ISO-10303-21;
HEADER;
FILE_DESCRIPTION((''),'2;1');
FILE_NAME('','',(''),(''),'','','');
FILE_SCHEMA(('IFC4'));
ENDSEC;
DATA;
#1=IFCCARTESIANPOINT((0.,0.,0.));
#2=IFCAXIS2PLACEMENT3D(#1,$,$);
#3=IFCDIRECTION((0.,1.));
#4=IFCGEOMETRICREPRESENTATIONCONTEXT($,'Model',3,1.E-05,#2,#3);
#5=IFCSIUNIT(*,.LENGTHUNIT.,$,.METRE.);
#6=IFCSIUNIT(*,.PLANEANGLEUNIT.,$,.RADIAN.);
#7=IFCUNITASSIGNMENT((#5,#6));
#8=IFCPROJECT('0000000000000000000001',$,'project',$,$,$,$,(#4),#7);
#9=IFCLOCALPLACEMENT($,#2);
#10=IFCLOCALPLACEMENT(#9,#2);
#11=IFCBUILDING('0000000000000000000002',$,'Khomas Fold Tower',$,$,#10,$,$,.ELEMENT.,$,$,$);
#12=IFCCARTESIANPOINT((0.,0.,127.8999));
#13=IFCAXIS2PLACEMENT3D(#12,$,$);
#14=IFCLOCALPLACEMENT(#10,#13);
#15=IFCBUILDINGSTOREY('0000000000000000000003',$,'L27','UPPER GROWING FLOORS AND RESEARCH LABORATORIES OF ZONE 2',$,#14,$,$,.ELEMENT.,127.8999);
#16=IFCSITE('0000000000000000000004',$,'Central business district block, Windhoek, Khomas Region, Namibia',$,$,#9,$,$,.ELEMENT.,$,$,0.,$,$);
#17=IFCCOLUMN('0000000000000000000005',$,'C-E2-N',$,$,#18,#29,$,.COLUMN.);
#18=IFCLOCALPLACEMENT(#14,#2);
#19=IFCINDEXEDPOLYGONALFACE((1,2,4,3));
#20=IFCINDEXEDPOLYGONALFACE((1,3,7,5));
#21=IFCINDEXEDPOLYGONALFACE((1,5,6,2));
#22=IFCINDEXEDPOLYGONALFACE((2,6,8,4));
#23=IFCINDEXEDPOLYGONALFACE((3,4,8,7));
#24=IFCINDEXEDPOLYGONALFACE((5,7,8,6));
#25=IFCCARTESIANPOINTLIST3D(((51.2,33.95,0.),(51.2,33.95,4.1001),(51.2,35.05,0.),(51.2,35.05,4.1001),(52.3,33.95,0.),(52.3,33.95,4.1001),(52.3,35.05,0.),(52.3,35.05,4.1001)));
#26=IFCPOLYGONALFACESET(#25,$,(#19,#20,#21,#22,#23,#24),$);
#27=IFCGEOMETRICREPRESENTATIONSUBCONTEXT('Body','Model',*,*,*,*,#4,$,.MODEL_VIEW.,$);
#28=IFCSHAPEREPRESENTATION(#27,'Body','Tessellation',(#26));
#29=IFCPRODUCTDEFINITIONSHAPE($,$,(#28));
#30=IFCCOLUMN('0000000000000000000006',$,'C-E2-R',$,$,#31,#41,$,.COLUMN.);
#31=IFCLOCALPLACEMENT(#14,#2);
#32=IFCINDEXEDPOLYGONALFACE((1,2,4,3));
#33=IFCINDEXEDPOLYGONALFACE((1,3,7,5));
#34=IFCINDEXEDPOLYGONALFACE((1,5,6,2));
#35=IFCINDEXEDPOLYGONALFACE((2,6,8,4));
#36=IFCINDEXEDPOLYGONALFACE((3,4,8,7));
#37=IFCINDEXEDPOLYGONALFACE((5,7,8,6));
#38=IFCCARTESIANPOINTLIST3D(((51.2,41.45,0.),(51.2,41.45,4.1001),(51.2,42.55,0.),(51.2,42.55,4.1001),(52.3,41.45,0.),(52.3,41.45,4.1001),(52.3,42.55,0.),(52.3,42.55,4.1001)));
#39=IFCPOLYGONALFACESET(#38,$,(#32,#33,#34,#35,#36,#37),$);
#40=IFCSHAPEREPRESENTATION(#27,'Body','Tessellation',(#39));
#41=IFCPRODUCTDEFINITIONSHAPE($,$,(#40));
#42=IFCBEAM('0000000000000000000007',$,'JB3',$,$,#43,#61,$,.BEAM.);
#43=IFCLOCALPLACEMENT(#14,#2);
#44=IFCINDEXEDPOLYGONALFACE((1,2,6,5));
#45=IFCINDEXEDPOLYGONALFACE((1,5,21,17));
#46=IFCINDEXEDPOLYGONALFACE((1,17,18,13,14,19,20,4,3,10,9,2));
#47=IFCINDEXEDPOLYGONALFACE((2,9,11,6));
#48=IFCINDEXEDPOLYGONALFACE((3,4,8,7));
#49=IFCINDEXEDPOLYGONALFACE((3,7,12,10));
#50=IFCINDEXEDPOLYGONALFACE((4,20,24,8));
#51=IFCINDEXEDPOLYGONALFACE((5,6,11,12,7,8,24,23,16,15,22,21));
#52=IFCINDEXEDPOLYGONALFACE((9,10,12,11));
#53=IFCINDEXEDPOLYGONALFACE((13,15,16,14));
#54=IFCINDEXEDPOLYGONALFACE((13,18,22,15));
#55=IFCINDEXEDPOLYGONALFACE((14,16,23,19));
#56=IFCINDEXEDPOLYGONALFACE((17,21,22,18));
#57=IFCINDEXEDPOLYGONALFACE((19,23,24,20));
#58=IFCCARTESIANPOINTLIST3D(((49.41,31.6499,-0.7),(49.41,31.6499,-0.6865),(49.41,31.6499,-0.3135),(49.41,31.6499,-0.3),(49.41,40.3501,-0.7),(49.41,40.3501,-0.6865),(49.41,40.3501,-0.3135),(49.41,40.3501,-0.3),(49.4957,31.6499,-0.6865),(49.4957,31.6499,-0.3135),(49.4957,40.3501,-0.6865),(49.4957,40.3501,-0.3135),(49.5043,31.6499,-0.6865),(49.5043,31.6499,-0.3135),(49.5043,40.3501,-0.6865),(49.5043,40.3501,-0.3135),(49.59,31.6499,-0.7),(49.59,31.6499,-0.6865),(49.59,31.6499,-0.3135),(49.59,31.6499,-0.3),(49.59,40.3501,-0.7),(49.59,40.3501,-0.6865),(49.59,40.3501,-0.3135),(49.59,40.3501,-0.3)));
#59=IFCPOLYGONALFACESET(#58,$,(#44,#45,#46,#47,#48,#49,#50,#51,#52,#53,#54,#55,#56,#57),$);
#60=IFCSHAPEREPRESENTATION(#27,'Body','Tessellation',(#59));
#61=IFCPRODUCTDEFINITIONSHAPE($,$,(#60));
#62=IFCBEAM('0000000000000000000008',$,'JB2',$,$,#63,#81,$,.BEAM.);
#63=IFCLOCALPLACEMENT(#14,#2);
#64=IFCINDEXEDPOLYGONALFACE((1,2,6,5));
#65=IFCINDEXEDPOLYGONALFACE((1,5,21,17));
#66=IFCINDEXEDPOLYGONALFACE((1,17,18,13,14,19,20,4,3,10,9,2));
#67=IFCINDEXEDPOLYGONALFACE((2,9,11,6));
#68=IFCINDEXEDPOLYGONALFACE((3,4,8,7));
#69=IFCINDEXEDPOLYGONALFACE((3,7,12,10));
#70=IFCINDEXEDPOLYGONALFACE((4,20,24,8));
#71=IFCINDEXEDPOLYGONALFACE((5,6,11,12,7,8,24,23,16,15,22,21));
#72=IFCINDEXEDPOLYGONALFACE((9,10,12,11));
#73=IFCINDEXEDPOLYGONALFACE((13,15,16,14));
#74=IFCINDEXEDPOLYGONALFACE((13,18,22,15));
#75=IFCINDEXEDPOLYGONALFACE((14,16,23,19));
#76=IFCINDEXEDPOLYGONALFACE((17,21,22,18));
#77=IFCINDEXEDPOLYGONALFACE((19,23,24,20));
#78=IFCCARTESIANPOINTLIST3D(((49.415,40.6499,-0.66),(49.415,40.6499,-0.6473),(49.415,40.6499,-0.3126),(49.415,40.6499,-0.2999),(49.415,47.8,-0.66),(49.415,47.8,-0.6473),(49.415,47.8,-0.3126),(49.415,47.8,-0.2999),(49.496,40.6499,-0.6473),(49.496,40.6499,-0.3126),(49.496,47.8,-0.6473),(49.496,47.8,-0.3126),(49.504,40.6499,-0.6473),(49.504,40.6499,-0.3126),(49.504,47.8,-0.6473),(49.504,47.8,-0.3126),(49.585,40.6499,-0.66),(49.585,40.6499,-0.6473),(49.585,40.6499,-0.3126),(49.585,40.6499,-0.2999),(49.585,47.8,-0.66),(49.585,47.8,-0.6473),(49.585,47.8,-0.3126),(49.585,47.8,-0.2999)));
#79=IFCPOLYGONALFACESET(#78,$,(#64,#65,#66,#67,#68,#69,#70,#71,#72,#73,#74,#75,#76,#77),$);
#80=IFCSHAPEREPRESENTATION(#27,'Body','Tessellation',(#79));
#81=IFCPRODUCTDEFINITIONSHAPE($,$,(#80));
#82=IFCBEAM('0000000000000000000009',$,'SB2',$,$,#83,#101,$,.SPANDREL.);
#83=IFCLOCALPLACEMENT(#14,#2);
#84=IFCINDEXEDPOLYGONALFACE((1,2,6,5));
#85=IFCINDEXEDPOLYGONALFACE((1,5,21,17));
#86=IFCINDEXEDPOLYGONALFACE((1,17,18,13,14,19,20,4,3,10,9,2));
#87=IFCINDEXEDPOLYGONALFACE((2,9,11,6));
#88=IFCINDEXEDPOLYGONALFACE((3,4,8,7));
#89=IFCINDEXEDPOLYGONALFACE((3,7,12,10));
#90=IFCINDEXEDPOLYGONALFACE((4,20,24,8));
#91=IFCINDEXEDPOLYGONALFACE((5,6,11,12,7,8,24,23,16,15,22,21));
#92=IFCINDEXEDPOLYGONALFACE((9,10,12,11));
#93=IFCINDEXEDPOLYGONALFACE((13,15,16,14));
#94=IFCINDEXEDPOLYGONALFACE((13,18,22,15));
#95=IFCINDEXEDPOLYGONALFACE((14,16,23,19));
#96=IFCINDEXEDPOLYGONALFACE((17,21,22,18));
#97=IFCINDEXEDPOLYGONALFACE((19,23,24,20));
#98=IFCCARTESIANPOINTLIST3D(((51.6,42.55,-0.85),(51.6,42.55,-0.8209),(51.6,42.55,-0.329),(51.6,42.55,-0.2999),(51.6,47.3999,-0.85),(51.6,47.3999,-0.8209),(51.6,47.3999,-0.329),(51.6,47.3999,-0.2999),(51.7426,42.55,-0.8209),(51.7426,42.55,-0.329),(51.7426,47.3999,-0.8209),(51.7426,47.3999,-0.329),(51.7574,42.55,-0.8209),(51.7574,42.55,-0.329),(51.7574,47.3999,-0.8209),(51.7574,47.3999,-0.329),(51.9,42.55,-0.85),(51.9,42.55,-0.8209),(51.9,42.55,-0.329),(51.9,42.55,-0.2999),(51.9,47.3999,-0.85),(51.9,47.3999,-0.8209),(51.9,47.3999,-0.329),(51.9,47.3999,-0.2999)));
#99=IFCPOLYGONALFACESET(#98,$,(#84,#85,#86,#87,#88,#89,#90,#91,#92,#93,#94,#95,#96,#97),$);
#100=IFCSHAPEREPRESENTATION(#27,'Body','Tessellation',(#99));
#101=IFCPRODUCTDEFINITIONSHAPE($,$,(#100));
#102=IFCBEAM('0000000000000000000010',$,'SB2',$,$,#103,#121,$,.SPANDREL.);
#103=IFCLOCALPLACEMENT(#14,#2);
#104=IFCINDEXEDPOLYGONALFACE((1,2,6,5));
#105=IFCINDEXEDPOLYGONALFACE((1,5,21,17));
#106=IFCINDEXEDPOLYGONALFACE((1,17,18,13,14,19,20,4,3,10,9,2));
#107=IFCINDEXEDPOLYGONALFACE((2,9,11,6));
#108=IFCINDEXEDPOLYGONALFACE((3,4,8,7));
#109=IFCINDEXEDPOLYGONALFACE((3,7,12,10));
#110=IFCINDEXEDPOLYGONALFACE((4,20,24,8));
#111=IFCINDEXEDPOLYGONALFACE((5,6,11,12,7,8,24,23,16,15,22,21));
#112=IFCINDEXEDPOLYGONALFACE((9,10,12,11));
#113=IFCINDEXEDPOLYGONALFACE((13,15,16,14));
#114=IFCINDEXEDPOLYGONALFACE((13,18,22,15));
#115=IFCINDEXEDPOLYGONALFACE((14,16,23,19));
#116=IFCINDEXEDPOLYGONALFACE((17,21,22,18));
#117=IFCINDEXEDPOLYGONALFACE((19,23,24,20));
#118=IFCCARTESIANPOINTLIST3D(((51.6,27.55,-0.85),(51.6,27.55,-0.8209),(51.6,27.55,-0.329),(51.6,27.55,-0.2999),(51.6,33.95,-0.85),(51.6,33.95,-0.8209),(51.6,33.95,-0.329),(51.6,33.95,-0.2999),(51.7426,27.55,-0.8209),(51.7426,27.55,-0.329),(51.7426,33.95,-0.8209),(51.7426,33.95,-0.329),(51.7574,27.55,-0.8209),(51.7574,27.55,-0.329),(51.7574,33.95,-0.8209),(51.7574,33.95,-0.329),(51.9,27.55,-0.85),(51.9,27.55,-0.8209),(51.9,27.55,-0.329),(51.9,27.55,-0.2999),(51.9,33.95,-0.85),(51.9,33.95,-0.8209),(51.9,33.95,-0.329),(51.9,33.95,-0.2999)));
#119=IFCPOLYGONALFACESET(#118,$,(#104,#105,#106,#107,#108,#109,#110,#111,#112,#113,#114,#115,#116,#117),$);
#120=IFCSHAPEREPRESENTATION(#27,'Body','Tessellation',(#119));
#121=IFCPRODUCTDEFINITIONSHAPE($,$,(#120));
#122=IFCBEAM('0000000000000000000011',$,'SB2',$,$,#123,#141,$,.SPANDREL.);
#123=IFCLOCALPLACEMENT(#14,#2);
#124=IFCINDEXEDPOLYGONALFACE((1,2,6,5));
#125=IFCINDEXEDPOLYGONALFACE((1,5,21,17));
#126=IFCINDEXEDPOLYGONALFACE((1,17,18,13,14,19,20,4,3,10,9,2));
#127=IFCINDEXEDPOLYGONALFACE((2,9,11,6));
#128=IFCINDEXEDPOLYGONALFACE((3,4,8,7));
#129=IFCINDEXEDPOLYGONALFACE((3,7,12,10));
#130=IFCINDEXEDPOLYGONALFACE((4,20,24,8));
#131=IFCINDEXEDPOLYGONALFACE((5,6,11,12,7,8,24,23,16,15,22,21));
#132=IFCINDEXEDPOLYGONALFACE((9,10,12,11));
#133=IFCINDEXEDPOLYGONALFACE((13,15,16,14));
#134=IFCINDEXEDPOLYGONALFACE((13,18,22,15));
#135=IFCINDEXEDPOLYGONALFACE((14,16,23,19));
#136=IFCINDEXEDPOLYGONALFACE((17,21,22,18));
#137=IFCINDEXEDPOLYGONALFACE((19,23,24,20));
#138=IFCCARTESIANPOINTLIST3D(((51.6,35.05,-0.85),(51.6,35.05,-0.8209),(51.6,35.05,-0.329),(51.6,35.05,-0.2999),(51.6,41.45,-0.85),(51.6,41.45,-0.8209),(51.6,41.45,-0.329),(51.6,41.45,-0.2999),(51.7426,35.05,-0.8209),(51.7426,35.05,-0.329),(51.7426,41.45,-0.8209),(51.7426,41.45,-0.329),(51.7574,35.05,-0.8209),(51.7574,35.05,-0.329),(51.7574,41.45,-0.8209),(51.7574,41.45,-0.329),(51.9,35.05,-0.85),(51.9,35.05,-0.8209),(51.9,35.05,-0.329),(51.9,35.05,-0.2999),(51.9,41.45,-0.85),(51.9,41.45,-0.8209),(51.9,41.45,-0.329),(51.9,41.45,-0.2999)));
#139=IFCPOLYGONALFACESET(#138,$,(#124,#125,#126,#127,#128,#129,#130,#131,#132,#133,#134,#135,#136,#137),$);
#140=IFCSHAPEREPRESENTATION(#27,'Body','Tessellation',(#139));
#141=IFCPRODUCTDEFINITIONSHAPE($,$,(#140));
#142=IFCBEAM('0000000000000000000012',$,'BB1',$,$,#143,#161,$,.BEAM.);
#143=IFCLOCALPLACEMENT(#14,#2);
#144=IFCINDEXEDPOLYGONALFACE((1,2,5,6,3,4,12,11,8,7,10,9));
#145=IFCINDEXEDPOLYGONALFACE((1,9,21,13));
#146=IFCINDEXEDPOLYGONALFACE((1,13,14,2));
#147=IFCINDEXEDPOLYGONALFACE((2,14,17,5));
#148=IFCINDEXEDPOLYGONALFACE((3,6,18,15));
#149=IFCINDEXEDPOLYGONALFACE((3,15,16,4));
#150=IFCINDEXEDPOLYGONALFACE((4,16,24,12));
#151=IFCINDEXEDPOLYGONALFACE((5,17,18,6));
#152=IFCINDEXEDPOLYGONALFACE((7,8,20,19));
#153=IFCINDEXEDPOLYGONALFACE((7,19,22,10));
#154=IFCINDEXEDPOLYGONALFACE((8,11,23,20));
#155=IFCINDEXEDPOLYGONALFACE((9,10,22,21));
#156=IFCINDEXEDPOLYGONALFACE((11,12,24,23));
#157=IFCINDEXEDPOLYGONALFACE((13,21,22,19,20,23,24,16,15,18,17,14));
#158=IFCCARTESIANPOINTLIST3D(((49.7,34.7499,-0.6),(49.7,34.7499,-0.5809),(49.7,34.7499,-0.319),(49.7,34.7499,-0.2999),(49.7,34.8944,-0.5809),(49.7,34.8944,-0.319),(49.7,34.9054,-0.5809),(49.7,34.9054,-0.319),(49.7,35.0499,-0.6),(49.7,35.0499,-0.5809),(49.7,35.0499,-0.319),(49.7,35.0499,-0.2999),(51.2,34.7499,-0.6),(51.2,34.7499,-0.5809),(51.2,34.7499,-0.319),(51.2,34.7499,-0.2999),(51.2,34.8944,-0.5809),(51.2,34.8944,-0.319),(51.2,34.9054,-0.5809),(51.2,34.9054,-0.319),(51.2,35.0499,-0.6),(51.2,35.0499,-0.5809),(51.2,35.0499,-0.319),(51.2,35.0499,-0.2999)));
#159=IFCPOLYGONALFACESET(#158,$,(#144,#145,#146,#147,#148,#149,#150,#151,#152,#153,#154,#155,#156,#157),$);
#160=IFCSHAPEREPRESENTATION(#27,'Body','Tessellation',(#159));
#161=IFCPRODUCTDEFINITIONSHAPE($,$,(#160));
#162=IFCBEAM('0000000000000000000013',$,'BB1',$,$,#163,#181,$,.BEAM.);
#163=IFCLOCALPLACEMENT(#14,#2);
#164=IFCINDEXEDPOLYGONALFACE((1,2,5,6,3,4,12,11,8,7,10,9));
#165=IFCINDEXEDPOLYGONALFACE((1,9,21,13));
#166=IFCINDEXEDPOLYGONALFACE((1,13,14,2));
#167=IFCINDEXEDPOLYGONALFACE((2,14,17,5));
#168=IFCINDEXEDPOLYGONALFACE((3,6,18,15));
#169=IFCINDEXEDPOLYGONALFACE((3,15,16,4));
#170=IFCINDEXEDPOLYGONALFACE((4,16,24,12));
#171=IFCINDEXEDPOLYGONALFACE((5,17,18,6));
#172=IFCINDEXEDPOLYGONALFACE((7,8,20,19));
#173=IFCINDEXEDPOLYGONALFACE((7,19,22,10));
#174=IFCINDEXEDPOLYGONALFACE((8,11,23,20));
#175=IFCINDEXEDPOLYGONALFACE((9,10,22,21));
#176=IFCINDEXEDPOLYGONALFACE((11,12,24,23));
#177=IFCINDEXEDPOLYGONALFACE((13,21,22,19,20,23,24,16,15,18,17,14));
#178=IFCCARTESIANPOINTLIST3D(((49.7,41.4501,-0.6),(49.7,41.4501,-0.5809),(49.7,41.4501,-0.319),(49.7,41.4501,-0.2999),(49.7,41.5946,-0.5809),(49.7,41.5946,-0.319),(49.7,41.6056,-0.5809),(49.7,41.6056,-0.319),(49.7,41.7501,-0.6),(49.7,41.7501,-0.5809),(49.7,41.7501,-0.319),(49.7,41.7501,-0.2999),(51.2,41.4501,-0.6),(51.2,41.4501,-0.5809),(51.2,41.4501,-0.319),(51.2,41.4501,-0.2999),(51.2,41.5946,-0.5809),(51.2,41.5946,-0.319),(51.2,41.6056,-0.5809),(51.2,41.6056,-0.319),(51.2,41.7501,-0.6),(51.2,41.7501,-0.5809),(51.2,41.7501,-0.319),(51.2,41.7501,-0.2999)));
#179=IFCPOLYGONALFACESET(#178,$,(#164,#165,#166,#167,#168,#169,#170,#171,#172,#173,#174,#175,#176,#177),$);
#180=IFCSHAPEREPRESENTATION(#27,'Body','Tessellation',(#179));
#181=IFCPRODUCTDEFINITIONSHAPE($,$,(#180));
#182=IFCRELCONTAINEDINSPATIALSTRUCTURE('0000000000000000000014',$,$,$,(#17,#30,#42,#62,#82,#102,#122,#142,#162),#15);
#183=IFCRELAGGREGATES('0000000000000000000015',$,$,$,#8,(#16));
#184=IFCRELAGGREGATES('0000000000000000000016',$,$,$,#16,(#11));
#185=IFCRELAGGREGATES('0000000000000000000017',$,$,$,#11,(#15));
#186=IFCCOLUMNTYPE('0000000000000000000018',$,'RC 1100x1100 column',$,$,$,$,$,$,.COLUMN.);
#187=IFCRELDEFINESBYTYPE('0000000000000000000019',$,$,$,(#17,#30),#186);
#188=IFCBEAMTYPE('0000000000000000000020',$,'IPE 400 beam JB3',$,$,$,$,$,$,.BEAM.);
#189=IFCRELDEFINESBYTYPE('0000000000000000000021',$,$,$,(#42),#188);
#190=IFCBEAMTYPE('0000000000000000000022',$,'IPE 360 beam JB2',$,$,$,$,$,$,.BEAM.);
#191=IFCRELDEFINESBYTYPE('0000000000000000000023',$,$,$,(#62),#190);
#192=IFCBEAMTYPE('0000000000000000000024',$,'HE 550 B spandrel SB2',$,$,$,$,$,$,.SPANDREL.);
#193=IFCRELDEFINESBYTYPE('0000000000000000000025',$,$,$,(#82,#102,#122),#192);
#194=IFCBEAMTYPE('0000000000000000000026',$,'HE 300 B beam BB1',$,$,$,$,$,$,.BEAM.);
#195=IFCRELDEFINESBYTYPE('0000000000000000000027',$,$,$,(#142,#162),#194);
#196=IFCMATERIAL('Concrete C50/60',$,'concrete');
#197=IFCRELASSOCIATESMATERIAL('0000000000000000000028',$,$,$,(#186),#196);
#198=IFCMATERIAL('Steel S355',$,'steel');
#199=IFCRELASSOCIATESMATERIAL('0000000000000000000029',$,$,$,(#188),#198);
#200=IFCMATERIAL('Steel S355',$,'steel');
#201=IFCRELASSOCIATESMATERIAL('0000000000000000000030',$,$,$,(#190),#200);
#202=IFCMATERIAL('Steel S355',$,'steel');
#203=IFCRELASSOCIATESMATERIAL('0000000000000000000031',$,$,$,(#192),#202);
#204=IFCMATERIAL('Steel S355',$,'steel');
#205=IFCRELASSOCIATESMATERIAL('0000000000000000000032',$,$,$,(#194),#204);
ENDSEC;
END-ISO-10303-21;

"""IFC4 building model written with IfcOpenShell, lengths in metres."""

from ifc_helpers import new_model, si_unit, direction, frame, origin, origin_2d, place, context, subcontext, project, spatial, rectangle, i_section, extrude, source, transform, mapped, material, material_profile, profile_set, type_object, element, save


model = new_model("IFC4")

# Units and contexts
model_context = context("Model", 3, precision=1e-05, world=origin(), true_north=direction((0.0, 1.0)))
body_context = subcontext(model_context, "Body", "Model", "MODEL_VIEW")
ifc_project = project(units=[si_unit("LENGTHUNIT", "METRE"), si_unit("PLANEANGLEUNIT", "RADIAN")], contexts=[model_context])

# Site, building, storey
site_placement = place(None, origin())
site = spatial("IfcSite", under=ifc_project, at=site_placement, Name="Central business district block, Windhoek, Khomas Region, Namibia", CompositionType="ELEMENT", RefElevation=0.0)
building_placement = place(site_placement, origin())
building = spatial("IfcBuilding", under=site, at=building_placement, Name="Khomas Fold Tower", CompositionType="ELEMENT")
storey_placement = place(building_placement, frame((0.0, 0.0, 127.8999)))
storey = spatial("IfcBuildingStorey", under=building, at=storey_placement, Name="L27", Description="UPPER GROWING FLOORS AND RESEARCH LABORATORIES OF ZONE 2", CompositionType="ELEMENT", Elevation=127.8999)

# Columns
ifc_material_1 = material(Name="Concrete C50/60", Category="concrete")
ifc_material_profile_1 = material_profile(ifc_material_1, rectangle(XDim=1.1001, YDim=1.1001, at=origin_2d()), Name="RC 1100x1100")
ifc_profile_set_1 = profile_set([ifc_material_profile_1], Name="Concrete C50/60")
column_type = type_object("IfcColumnType", Name="RC 1100x1100 column", PredefinedType="COLUMN", material=ifc_profile_set_1)
shared_shape_1 = source(origin(), body_context, "Body", "SweptSolid", [
    extrude(rectangle(XDim=1.1001, YDim=1.1001, at=origin_2d()), origin(), (0.0, 0.0, 1.0), 4.1001),
])
for number, where, z_axis, x_axis, name in (
    (1, (51.75, 34.5, 0.0), (0.0, 0.0, 1.0), (1.0, 0.0, 0.0), "C-E2-N"),
    (2, (51.75, 42.0, 0.0), (0.0, 0.0, 1.0), (1.0, 0.0, 0.0), "C-E2-R"),
):
    element("IfcColumn", number, at=place(storey_placement, frame(where, z_axis=z_axis, x_axis=x_axis)), inside=storey, type_object=column_type, Name=name, PredefinedType="COLUMN", context=body_context, shape_type="MappedRepresentation", body=[
        mapped(shared_shape_1, transform((0.0, 0.0, 0.0))),
    ])

# Beams
ifc_material_2 = material(Name="Steel S355", Category="steel")
ifc_material_profile_2 = material_profile(ifc_material_2, i_section(OverallWidth=0.1799, OverallDepth=0.3999, WebThickness=0.0085, FlangeThickness=0.0134, at=origin_2d()), Name="IPE 400")
ifc_profile_set_2 = profile_set([ifc_material_profile_2], Name="Steel S355")
beam_type_1 = type_object("IfcBeamType", Name="IPE 400 beam JB3", PredefinedType="BEAM", material=ifc_profile_set_2)
shared_shape_2 = source(origin(), body_context, "Body", "SweptSolid", [
    extrude(i_section(OverallWidth=0.1799, OverallDepth=0.3999, WebThickness=0.0085, FlangeThickness=0.0134, at=origin_2d()), origin(), (0.0, 0.0, 1.0), 8.7002),
])
beam_1_placement = place(storey_placement, frame((49.5, 31.6499, -0.5), z_axis=(0.0, 1.0, 0.0), x_axis=(-1.0, 0.0, 0.0)))
element("IfcBeam", 3, at=beam_1_placement, inside=storey, type_object=beam_type_1, Name="JB3", PredefinedType="BEAM", context=body_context, shape_type="MappedRepresentation", body=[
    mapped(shared_shape_2, transform((0.0, 0.0, 0.0))),
])
ifc_material_3 = material(Name="Steel S355", Category="steel")
ifc_material_profile_3 = material_profile(ifc_material_3, i_section(OverallWidth=0.1699, OverallDepth=0.3601, WebThickness=0.0081, FlangeThickness=0.0127, at=origin_2d()), Name="IPE 360")
ifc_profile_set_3 = profile_set([ifc_material_profile_3], Name="Steel S355")
beam_type_2 = type_object("IfcBeamType", Name="IPE 360 beam JB2", PredefinedType="BEAM", material=ifc_profile_set_3)
shared_shape_3 = source(origin(), body_context, "Body", "SweptSolid", [
    extrude(i_section(OverallWidth=0.1699, OverallDepth=0.3601, WebThickness=0.0081, FlangeThickness=0.0127, at=origin_2d()), origin(), (0.0, 0.0, 1.0), 7.1501),
])
beam_2_placement = place(storey_placement, frame((49.5, 40.6499, -0.48), z_axis=(0.0, 1.0, 0.0), x_axis=(-1.0, 0.0, 0.0)))
element("IfcBeam", 4, at=beam_2_placement, inside=storey, type_object=beam_type_2, Name="JB2", PredefinedType="BEAM", context=body_context, shape_type="MappedRepresentation", body=[
    mapped(shared_shape_3, transform((0.0, 0.0, 0.0))),
])
ifc_material_4 = material(Name="Steel S355", Category="steel")
ifc_material_profile_4 = material_profile(ifc_material_4, i_section(OverallWidth=0.3, OverallDepth=0.55, WebThickness=0.0149, FlangeThickness=0.0291, at=origin_2d()), Name="HE 550 B")
ifc_profile_set_4 = profile_set([ifc_material_profile_4], Name="Steel S355")
beam_type_3 = type_object("IfcBeamType", Name="HE 550 B spandrel SB2", PredefinedType="SPANDREL", material=ifc_profile_set_4)
shared_shape_4 = source(origin(), body_context, "Body", "SweptSolid", [
    extrude(i_section(OverallWidth=0.3, OverallDepth=0.55, WebThickness=0.0149, FlangeThickness=0.0291, at=origin_2d()), origin(), (0.0, 0.0, 1.0), 4.8499),
])
beam_3_placement = place(storey_placement, frame((51.75, 42.55, -0.575), z_axis=(0.0, 1.0, 0.0), x_axis=(-1.0, 0.0, 0.0)))
element("IfcBeam", 5, at=beam_3_placement, inside=storey, type_object=beam_type_3, Name="SB2", PredefinedType="SPANDREL", context=body_context, shape_type="MappedRepresentation", body=[
    mapped(shared_shape_4, transform((0.0, 0.0, 0.0))),
])
shared_shape_5 = source(origin(), body_context, "Body", "SweptSolid", [
    extrude(i_section(OverallWidth=0.3, OverallDepth=0.55, WebThickness=0.0149, FlangeThickness=0.0291, at=origin_2d()), origin(), (0.0, 0.0, 1.0), 6.3999),
])
for number, where, z_axis, x_axis, name in (
    (6, (51.75, 27.55, -0.575), (0.0, 1.0, 0.0), (-1.0, 0.0, 0.0), "SB2"),
    (7, (51.75, 35.05, -0.575), (0.0, 1.0, 0.0), (-1.0, 0.0, 0.0), "SB2"),
):
    element("IfcBeam", number, at=place(storey_placement, frame(where, z_axis=z_axis, x_axis=x_axis)), inside=storey, type_object=beam_type_3, Name=name, PredefinedType="SPANDREL", context=body_context, shape_type="MappedRepresentation", body=[
        mapped(shared_shape_5, transform((0.0, 0.0, 0.0))),
    ])
ifc_material_5 = material(Name="Steel S355", Category="steel")
ifc_material_profile_5 = material_profile(ifc_material_5, i_section(OverallWidth=0.3, OverallDepth=0.3, WebThickness=0.011, FlangeThickness=0.019, at=origin_2d()), Name="HE 300 B")
ifc_profile_set_5 = profile_set([ifc_material_profile_5], Name="Steel S355")
beam_type_4 = type_object("IfcBeamType", Name="HE 300 B beam BB1", PredefinedType="BEAM", material=ifc_profile_set_5)
shared_shape_6 = source(origin(), body_context, "Body", "SweptSolid", [
    extrude(i_section(OverallWidth=0.3, OverallDepth=0.3, WebThickness=0.011, FlangeThickness=0.019, at=origin_2d()), origin(), (0.0, 0.0, 1.0), 1.5),
])
for number, where, z_axis, x_axis, name in (
    (8, (49.7, 34.8999, -0.45), (1.0, 0.0, 0.0), (0.0, 1.0, 0.0), "BB1"),
    (9, (49.7, 41.6001, -0.45), (1.0, 0.0, 0.0), (0.0, 1.0, 0.0), "BB1"),
):
    element("IfcBeam", number, at=place(storey_placement, frame(where, z_axis=z_axis, x_axis=x_axis)), inside=storey, type_object=beam_type_4, Name=name, PredefinedType="BEAM", context=body_context, shape_type="MappedRepresentation", body=[
        mapped(shared_shape_6, transform((0.0, 0.0, 0.0))),
    ])

save(model, "model.ifc")
